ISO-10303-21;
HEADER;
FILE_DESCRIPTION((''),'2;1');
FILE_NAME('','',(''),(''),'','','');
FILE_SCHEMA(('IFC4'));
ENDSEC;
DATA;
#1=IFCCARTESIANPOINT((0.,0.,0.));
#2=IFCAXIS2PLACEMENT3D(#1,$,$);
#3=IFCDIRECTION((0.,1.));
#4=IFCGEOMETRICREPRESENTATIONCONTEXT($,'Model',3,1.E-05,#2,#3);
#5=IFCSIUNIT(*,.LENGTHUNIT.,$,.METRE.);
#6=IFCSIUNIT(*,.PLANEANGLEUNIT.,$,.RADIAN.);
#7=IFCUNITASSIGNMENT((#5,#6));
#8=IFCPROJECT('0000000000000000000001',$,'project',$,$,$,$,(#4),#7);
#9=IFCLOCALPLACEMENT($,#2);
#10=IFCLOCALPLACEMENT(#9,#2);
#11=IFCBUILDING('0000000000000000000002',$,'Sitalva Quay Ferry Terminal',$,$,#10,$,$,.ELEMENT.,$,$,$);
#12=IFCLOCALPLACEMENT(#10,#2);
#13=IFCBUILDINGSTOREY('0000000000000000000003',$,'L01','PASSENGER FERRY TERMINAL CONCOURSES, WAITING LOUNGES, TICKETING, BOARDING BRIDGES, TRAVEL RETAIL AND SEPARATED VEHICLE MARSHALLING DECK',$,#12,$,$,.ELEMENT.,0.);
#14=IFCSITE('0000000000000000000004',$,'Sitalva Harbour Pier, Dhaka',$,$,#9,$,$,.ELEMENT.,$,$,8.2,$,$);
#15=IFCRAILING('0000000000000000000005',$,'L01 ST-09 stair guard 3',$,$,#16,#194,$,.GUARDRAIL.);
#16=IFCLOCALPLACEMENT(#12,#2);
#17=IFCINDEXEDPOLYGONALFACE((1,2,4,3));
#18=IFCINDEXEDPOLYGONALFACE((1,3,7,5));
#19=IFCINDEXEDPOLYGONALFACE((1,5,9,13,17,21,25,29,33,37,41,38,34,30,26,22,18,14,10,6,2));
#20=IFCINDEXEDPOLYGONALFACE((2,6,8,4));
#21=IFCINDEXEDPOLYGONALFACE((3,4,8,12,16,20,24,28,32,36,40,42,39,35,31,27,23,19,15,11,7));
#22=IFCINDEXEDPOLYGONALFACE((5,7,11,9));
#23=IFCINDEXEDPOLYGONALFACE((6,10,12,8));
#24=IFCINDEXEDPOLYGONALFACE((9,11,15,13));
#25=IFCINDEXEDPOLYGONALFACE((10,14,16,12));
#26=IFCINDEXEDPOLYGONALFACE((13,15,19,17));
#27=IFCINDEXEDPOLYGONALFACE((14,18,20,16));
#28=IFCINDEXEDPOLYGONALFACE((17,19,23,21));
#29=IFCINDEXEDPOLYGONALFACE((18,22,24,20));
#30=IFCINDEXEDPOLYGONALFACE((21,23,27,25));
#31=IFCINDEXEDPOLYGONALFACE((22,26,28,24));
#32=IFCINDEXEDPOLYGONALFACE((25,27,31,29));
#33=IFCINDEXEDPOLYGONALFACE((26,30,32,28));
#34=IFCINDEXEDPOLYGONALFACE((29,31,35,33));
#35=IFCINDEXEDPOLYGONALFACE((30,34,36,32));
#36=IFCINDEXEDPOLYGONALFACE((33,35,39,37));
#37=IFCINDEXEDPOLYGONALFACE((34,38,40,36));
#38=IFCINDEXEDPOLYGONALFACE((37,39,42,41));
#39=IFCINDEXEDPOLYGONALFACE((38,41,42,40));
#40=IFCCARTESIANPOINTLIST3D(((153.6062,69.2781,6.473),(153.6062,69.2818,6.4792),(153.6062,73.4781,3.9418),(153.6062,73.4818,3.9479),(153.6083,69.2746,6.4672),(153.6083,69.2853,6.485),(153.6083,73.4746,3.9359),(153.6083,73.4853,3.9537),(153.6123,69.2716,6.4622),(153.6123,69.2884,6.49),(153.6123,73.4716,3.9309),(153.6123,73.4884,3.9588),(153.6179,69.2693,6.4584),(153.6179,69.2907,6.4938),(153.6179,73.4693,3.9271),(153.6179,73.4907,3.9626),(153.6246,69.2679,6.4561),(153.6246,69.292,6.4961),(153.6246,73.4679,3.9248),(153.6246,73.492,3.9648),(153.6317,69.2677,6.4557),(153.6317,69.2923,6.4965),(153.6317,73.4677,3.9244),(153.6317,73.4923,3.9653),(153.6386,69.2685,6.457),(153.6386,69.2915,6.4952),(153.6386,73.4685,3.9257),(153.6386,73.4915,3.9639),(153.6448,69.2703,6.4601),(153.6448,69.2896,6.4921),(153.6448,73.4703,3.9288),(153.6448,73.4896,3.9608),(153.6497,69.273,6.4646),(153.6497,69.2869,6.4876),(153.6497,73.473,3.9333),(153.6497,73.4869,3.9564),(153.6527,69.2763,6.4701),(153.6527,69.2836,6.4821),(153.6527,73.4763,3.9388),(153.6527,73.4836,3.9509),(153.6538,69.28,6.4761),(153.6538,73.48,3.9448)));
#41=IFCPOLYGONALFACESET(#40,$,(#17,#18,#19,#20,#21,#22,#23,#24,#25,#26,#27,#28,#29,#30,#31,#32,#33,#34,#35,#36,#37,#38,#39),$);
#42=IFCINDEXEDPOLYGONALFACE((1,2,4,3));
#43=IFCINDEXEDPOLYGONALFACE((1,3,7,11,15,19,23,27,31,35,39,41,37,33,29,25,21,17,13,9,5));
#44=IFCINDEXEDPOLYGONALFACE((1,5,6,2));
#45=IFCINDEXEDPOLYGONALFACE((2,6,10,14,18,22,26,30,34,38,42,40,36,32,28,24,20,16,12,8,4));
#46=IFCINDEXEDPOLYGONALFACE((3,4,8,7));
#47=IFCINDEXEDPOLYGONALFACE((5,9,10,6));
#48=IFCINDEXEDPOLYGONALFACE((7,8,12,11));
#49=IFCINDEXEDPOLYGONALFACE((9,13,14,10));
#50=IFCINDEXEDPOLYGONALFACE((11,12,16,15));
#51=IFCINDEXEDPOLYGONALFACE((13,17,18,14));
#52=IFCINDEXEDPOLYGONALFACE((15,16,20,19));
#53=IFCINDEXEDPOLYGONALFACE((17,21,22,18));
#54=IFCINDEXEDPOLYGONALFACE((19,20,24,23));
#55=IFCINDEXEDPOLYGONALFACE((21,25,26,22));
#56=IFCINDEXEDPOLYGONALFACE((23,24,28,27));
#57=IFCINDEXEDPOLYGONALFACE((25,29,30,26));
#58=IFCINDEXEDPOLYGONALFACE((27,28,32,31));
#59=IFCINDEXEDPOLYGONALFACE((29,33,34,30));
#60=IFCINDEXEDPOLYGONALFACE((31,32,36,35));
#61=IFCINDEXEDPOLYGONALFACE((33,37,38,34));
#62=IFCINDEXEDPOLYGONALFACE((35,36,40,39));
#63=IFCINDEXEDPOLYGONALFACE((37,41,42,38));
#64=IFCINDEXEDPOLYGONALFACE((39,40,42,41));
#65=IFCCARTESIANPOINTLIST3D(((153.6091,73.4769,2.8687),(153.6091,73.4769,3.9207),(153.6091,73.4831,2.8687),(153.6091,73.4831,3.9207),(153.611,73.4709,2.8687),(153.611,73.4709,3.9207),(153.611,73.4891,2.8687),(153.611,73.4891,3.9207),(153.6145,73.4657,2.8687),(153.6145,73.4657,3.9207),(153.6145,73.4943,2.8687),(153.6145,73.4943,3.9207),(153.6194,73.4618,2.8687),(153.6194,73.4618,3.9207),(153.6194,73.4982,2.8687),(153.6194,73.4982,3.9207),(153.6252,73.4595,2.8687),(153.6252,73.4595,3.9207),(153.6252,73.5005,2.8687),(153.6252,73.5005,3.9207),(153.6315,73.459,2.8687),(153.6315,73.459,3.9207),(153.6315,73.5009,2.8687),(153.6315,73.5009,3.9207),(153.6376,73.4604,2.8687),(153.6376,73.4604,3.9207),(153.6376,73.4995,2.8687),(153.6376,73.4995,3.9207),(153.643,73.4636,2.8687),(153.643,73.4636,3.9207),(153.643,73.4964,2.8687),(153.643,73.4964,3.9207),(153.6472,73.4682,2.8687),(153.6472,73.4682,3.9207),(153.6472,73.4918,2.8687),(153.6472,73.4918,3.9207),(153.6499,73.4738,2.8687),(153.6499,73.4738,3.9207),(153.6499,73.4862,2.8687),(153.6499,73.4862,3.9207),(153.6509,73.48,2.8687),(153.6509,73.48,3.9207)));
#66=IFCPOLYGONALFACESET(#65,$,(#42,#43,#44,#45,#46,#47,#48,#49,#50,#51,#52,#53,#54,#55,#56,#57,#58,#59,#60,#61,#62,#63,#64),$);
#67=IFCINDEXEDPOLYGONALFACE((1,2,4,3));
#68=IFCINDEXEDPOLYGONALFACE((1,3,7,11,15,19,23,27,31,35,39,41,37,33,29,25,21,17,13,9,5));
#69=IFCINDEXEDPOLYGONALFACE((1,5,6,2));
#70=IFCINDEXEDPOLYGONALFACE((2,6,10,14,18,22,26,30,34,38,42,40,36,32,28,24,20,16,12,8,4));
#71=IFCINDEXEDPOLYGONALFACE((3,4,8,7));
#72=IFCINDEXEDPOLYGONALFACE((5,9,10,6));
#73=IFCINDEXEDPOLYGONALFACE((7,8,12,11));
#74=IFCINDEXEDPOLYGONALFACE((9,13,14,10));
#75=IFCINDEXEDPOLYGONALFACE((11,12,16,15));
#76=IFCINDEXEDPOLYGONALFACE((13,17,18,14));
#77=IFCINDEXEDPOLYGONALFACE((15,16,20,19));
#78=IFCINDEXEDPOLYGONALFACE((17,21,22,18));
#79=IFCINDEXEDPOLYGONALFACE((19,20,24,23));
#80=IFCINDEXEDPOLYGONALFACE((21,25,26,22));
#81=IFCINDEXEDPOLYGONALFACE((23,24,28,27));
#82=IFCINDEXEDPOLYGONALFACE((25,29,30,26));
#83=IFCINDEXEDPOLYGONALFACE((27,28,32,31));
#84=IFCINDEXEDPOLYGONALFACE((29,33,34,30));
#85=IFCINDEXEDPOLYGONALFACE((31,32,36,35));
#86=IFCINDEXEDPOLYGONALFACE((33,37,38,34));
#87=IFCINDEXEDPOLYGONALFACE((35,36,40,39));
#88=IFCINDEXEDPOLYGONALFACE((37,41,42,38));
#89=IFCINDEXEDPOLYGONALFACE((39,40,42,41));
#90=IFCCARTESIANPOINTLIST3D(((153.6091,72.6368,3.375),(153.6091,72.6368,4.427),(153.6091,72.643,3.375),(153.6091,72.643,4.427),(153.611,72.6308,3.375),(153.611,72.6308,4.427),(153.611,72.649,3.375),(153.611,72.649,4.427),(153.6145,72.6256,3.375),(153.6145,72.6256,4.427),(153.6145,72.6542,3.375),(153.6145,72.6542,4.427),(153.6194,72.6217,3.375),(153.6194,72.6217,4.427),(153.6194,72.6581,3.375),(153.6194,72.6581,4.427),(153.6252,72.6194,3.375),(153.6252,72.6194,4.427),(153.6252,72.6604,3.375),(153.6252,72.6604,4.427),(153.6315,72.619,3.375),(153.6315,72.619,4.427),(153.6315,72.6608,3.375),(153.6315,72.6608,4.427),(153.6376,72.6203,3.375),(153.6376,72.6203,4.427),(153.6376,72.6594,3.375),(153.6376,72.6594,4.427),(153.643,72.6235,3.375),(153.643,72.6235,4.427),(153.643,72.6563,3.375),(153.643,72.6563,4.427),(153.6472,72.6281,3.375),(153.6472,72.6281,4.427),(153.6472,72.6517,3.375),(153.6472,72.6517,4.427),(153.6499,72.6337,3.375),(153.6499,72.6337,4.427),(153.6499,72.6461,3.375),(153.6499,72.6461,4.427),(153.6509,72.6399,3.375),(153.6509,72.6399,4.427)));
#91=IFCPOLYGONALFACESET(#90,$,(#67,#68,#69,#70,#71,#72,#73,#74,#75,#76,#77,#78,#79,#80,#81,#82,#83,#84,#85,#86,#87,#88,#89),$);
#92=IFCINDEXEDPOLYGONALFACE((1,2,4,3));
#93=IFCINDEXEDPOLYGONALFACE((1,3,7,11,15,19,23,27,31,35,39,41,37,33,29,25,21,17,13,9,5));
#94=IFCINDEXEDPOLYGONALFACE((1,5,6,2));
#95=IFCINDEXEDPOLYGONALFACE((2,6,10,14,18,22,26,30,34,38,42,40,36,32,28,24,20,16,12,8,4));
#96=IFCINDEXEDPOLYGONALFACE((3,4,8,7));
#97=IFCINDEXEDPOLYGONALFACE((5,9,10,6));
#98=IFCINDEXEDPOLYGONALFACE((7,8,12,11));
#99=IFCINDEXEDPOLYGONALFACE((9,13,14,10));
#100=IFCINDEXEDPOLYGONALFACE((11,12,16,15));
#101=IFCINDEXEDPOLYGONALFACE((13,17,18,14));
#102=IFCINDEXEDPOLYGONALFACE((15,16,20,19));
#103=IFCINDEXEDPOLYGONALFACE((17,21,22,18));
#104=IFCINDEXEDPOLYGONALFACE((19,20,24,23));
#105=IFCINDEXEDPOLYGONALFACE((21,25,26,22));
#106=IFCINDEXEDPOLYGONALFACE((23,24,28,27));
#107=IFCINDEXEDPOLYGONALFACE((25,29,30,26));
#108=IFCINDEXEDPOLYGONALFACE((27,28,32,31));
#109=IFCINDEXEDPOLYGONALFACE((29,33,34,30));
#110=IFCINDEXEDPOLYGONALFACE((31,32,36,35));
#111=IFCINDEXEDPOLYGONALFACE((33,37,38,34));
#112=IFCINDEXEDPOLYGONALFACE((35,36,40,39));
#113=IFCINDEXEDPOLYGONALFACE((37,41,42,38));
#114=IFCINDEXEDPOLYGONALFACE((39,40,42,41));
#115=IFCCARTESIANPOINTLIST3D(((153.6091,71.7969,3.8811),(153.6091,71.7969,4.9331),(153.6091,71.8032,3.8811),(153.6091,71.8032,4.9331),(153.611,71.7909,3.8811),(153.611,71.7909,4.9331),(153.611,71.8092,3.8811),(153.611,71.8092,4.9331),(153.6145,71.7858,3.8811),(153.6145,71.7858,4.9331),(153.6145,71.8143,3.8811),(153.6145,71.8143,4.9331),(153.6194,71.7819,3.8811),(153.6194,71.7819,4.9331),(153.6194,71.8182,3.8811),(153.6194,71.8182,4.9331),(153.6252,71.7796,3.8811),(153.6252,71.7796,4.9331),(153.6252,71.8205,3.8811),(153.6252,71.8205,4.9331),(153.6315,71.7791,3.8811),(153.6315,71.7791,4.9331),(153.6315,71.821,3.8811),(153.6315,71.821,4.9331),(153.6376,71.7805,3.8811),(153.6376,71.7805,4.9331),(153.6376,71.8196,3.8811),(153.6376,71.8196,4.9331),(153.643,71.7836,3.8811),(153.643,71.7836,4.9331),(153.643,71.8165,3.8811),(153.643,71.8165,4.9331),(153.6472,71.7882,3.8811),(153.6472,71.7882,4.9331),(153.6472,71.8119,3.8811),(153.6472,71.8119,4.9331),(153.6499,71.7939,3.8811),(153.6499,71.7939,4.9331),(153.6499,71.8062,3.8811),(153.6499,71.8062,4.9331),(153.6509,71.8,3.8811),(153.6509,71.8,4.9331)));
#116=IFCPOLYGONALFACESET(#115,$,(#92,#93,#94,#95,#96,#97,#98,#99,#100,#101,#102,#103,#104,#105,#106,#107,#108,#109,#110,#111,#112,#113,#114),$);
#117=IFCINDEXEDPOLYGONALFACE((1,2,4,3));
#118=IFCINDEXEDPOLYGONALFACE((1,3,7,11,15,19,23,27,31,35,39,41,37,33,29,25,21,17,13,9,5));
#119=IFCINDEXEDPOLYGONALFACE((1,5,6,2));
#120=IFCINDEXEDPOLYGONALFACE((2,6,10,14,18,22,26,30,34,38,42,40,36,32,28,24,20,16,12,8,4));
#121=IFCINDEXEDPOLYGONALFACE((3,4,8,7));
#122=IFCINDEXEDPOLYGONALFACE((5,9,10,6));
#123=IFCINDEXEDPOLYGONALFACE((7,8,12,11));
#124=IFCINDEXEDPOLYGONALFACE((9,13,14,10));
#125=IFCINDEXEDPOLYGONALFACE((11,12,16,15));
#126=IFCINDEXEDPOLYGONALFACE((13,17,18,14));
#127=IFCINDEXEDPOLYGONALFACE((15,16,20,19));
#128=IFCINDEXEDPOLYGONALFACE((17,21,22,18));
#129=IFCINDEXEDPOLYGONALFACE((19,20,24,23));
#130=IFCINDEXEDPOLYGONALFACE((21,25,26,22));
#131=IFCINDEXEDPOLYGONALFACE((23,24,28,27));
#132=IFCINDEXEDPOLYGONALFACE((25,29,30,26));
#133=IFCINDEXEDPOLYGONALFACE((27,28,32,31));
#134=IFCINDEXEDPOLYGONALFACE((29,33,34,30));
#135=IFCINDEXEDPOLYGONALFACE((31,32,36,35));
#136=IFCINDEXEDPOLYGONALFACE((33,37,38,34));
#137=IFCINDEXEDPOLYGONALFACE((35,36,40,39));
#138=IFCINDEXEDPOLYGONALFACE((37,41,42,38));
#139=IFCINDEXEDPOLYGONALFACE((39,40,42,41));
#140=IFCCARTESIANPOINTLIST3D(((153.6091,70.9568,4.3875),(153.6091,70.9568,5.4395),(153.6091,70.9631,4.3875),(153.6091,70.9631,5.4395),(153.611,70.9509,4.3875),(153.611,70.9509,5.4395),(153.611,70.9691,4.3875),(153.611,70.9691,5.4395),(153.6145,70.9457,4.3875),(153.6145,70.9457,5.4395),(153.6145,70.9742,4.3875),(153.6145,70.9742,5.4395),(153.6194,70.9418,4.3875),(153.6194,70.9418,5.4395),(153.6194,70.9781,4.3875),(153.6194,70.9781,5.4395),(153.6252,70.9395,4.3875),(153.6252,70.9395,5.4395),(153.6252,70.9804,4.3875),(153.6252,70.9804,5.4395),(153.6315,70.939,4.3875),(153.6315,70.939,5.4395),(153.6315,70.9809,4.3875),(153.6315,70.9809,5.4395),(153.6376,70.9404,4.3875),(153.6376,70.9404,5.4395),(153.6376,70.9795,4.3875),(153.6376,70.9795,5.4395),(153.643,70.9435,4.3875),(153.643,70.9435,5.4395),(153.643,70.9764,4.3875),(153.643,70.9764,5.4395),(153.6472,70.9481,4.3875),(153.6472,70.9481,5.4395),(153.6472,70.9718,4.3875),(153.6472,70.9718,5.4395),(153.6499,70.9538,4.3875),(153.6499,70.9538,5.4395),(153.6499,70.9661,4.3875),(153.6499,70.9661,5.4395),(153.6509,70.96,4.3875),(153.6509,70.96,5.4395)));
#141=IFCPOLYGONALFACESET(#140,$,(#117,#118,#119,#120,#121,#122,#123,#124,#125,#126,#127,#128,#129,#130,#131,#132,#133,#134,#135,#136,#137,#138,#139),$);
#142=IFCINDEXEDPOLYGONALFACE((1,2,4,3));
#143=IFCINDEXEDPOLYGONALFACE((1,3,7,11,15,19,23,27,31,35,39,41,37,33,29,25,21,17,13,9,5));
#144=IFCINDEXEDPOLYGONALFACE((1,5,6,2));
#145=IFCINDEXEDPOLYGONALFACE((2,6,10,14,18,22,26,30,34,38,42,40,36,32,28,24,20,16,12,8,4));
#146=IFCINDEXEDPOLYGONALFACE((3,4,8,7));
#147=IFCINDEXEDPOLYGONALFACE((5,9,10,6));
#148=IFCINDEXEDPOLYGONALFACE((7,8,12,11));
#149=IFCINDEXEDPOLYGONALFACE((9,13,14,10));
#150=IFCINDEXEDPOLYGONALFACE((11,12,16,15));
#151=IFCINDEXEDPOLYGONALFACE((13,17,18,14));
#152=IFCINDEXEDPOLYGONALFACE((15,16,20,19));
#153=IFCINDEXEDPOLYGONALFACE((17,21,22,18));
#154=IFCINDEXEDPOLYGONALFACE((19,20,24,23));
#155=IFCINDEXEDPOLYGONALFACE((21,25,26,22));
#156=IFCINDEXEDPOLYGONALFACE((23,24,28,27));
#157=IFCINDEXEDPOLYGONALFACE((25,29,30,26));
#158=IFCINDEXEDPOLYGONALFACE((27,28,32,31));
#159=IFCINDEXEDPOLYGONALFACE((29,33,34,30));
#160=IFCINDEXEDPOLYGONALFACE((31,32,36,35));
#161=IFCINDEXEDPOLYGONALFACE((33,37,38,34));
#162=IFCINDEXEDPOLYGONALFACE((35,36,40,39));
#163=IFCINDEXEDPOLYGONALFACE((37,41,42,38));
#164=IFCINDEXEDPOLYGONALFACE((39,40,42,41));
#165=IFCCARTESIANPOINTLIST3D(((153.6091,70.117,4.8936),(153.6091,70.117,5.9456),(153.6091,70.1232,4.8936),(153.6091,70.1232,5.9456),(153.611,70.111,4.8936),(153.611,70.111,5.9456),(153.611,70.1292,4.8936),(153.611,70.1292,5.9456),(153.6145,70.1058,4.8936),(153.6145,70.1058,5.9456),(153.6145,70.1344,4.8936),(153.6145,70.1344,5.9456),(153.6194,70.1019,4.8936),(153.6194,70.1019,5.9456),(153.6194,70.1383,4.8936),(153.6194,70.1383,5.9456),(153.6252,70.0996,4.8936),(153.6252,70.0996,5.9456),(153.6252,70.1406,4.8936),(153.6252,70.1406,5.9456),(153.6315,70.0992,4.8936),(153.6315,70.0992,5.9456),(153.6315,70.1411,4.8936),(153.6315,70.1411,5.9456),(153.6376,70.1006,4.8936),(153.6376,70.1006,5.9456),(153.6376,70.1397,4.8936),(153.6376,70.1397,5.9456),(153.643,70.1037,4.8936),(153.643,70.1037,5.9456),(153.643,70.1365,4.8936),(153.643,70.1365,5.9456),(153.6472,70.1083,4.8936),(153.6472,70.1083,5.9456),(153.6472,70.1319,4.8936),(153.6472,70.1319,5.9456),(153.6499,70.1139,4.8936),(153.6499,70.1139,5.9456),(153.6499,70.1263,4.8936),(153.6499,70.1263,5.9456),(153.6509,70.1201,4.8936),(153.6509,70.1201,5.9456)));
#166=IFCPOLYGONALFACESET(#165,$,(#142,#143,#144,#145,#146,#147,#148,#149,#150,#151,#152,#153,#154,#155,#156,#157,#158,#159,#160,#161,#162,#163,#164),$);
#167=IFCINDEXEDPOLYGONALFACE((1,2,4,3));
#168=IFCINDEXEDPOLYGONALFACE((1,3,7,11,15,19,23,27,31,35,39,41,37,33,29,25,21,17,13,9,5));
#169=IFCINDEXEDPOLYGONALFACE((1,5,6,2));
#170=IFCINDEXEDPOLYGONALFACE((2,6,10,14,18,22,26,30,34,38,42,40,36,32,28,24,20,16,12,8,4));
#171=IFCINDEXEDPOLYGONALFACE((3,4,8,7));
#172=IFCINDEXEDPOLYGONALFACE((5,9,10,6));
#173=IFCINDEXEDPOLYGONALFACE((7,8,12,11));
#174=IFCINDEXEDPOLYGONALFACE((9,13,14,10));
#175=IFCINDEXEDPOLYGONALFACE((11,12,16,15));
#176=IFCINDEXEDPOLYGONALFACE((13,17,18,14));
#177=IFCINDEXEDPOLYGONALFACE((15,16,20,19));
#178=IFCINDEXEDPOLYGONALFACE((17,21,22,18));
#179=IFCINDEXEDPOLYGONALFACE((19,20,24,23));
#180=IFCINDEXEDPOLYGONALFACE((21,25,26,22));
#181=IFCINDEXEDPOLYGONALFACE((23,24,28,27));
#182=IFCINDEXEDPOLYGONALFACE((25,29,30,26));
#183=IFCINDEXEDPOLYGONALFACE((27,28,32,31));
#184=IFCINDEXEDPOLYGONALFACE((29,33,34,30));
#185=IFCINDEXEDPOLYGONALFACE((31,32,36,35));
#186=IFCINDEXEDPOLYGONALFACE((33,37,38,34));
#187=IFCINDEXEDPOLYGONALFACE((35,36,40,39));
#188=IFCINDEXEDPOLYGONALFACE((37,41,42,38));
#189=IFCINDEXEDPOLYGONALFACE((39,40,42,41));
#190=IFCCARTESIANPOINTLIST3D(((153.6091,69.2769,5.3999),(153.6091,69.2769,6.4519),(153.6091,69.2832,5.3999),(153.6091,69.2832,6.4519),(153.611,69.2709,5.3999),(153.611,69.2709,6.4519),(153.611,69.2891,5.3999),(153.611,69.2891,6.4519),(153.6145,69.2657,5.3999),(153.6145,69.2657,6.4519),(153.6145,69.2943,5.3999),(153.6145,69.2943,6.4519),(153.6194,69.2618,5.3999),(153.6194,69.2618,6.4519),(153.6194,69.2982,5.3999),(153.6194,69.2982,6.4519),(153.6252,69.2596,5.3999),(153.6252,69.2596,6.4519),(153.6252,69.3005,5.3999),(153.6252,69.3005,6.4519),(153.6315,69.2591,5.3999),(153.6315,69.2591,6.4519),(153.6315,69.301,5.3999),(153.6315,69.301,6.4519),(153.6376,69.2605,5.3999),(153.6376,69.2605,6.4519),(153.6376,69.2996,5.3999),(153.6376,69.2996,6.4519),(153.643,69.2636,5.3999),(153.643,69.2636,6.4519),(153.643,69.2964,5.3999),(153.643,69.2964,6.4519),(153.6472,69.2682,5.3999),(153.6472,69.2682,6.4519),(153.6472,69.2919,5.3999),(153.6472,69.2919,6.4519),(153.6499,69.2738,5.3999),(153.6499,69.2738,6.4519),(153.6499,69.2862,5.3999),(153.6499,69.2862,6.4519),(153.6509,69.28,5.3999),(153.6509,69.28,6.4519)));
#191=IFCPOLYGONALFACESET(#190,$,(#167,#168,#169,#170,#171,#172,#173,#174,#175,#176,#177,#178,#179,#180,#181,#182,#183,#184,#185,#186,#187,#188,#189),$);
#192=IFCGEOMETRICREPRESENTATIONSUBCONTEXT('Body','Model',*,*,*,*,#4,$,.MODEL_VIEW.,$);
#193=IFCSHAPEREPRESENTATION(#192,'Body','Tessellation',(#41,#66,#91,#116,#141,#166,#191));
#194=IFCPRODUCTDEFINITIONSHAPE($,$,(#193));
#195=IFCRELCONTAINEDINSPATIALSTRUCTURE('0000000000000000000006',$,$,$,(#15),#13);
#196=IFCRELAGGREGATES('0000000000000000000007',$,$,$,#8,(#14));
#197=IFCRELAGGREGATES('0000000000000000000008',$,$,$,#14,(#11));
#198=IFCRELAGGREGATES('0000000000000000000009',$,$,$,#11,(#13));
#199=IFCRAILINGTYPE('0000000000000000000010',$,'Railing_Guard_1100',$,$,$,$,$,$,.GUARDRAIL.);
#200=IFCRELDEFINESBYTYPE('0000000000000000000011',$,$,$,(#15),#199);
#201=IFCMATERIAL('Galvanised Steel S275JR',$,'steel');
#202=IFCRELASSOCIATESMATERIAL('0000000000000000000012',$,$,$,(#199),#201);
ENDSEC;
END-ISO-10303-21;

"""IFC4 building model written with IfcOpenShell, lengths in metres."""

from ifc_helpers import new_model, si_unit, direction, frame, origin, origin_2d, place, context, subcontext, project, spatial, circle, extrude, material, type_object, element, save


model = new_model("IFC4")

# Units and contexts
model_context = context("Model", 3, precision=1e-05, world=origin(), true_north=direction((0.0, 1.0)))
body_context = subcontext(model_context, "Body", "Model", "MODEL_VIEW")
ifc_project = project(units=[si_unit("LENGTHUNIT", "METRE"), si_unit("PLANEANGLEUNIT", "RADIAN")], contexts=[model_context])

# Site, building, storey
site_placement = place(None, origin())
site = spatial("IfcSite", under=ifc_project, at=site_placement, Name="Sitalva Harbour Pier, Dhaka", CompositionType="ELEMENT", RefElevation=8.2)
building_placement = place(site_placement, origin())
building = spatial("IfcBuilding", under=site, at=building_placement, Name="Sitalva Quay Ferry Terminal", CompositionType="ELEMENT")
storey_placement = place(building_placement, origin())
storey = spatial("IfcBuildingStorey", under=building, at=storey_placement, Name="L01", Description="PASSENGER FERRY TERMINAL CONCOURSES, WAITING LOUNGES, TICKETING, BOARDING BRIDGES, TRAVEL RETAIL AND SEPARATED VEHICLE MARSHALLING DECK", CompositionType="ELEMENT", Elevation=0.0)

# Railing
ifc_material_1 = material(Name="Galvanised Steel S275JR", Category="steel")
railing_type_1 = type_object("IfcRailingType", Name="Railing_Guard_1100", PredefinedType="GUARDRAIL", material=ifc_material_1)
railing_1_placement = place(storey_placement, frame((153.6299, 73.48, 2.8687)))
element("IfcRailing", 1, at=railing_1_placement, inside=storey, type_object=railing_type_1, Name="L01 ST-09 stair guard 3", PredefinedType="GUARDRAIL", context=body_context, shape_type="SweptSolid", body=[
    extrude(circle(Radius=0.0239, at=origin_2d()), frame((0.0, 0.0, 1.0762), z_axis=(0.0, -0.856476, 0.516186), x_axis=(1.0, 0.0, 0.0)), (0.0, 0.0, 1.0), 4.9038),
    extrude(circle(Radius=0.021, at=origin_2d()), origin(), (0.0, 0.0, 1.0), 1.052),
    extrude(circle(Radius=0.021, at=origin_2d()), frame((0.0, -0.8401, 0.5063)), (0.0, 0.0, 1.0), 1.052),
    extrude(circle(Radius=0.021, at=origin_2d()), frame((0.0, -1.6799, 1.0125)), (0.0, 0.0, 1.0), 1.052),
    extrude(circle(Radius=0.021, at=origin_2d()), frame((0.0, -2.52, 1.5188)), (0.0, 0.0, 1.0), 1.052),
    extrude(circle(Radius=0.021, at=origin_2d()), frame((0.0, -3.3599, 2.0249)), (0.0, 0.0, 1.0), 1.052),
    extrude(circle(Radius=0.021, at=origin_2d()), frame((0.0, -4.2, 2.5312)), (0.0, 0.0, 1.0), 1.052),
])

save(model, "model.ifc")
